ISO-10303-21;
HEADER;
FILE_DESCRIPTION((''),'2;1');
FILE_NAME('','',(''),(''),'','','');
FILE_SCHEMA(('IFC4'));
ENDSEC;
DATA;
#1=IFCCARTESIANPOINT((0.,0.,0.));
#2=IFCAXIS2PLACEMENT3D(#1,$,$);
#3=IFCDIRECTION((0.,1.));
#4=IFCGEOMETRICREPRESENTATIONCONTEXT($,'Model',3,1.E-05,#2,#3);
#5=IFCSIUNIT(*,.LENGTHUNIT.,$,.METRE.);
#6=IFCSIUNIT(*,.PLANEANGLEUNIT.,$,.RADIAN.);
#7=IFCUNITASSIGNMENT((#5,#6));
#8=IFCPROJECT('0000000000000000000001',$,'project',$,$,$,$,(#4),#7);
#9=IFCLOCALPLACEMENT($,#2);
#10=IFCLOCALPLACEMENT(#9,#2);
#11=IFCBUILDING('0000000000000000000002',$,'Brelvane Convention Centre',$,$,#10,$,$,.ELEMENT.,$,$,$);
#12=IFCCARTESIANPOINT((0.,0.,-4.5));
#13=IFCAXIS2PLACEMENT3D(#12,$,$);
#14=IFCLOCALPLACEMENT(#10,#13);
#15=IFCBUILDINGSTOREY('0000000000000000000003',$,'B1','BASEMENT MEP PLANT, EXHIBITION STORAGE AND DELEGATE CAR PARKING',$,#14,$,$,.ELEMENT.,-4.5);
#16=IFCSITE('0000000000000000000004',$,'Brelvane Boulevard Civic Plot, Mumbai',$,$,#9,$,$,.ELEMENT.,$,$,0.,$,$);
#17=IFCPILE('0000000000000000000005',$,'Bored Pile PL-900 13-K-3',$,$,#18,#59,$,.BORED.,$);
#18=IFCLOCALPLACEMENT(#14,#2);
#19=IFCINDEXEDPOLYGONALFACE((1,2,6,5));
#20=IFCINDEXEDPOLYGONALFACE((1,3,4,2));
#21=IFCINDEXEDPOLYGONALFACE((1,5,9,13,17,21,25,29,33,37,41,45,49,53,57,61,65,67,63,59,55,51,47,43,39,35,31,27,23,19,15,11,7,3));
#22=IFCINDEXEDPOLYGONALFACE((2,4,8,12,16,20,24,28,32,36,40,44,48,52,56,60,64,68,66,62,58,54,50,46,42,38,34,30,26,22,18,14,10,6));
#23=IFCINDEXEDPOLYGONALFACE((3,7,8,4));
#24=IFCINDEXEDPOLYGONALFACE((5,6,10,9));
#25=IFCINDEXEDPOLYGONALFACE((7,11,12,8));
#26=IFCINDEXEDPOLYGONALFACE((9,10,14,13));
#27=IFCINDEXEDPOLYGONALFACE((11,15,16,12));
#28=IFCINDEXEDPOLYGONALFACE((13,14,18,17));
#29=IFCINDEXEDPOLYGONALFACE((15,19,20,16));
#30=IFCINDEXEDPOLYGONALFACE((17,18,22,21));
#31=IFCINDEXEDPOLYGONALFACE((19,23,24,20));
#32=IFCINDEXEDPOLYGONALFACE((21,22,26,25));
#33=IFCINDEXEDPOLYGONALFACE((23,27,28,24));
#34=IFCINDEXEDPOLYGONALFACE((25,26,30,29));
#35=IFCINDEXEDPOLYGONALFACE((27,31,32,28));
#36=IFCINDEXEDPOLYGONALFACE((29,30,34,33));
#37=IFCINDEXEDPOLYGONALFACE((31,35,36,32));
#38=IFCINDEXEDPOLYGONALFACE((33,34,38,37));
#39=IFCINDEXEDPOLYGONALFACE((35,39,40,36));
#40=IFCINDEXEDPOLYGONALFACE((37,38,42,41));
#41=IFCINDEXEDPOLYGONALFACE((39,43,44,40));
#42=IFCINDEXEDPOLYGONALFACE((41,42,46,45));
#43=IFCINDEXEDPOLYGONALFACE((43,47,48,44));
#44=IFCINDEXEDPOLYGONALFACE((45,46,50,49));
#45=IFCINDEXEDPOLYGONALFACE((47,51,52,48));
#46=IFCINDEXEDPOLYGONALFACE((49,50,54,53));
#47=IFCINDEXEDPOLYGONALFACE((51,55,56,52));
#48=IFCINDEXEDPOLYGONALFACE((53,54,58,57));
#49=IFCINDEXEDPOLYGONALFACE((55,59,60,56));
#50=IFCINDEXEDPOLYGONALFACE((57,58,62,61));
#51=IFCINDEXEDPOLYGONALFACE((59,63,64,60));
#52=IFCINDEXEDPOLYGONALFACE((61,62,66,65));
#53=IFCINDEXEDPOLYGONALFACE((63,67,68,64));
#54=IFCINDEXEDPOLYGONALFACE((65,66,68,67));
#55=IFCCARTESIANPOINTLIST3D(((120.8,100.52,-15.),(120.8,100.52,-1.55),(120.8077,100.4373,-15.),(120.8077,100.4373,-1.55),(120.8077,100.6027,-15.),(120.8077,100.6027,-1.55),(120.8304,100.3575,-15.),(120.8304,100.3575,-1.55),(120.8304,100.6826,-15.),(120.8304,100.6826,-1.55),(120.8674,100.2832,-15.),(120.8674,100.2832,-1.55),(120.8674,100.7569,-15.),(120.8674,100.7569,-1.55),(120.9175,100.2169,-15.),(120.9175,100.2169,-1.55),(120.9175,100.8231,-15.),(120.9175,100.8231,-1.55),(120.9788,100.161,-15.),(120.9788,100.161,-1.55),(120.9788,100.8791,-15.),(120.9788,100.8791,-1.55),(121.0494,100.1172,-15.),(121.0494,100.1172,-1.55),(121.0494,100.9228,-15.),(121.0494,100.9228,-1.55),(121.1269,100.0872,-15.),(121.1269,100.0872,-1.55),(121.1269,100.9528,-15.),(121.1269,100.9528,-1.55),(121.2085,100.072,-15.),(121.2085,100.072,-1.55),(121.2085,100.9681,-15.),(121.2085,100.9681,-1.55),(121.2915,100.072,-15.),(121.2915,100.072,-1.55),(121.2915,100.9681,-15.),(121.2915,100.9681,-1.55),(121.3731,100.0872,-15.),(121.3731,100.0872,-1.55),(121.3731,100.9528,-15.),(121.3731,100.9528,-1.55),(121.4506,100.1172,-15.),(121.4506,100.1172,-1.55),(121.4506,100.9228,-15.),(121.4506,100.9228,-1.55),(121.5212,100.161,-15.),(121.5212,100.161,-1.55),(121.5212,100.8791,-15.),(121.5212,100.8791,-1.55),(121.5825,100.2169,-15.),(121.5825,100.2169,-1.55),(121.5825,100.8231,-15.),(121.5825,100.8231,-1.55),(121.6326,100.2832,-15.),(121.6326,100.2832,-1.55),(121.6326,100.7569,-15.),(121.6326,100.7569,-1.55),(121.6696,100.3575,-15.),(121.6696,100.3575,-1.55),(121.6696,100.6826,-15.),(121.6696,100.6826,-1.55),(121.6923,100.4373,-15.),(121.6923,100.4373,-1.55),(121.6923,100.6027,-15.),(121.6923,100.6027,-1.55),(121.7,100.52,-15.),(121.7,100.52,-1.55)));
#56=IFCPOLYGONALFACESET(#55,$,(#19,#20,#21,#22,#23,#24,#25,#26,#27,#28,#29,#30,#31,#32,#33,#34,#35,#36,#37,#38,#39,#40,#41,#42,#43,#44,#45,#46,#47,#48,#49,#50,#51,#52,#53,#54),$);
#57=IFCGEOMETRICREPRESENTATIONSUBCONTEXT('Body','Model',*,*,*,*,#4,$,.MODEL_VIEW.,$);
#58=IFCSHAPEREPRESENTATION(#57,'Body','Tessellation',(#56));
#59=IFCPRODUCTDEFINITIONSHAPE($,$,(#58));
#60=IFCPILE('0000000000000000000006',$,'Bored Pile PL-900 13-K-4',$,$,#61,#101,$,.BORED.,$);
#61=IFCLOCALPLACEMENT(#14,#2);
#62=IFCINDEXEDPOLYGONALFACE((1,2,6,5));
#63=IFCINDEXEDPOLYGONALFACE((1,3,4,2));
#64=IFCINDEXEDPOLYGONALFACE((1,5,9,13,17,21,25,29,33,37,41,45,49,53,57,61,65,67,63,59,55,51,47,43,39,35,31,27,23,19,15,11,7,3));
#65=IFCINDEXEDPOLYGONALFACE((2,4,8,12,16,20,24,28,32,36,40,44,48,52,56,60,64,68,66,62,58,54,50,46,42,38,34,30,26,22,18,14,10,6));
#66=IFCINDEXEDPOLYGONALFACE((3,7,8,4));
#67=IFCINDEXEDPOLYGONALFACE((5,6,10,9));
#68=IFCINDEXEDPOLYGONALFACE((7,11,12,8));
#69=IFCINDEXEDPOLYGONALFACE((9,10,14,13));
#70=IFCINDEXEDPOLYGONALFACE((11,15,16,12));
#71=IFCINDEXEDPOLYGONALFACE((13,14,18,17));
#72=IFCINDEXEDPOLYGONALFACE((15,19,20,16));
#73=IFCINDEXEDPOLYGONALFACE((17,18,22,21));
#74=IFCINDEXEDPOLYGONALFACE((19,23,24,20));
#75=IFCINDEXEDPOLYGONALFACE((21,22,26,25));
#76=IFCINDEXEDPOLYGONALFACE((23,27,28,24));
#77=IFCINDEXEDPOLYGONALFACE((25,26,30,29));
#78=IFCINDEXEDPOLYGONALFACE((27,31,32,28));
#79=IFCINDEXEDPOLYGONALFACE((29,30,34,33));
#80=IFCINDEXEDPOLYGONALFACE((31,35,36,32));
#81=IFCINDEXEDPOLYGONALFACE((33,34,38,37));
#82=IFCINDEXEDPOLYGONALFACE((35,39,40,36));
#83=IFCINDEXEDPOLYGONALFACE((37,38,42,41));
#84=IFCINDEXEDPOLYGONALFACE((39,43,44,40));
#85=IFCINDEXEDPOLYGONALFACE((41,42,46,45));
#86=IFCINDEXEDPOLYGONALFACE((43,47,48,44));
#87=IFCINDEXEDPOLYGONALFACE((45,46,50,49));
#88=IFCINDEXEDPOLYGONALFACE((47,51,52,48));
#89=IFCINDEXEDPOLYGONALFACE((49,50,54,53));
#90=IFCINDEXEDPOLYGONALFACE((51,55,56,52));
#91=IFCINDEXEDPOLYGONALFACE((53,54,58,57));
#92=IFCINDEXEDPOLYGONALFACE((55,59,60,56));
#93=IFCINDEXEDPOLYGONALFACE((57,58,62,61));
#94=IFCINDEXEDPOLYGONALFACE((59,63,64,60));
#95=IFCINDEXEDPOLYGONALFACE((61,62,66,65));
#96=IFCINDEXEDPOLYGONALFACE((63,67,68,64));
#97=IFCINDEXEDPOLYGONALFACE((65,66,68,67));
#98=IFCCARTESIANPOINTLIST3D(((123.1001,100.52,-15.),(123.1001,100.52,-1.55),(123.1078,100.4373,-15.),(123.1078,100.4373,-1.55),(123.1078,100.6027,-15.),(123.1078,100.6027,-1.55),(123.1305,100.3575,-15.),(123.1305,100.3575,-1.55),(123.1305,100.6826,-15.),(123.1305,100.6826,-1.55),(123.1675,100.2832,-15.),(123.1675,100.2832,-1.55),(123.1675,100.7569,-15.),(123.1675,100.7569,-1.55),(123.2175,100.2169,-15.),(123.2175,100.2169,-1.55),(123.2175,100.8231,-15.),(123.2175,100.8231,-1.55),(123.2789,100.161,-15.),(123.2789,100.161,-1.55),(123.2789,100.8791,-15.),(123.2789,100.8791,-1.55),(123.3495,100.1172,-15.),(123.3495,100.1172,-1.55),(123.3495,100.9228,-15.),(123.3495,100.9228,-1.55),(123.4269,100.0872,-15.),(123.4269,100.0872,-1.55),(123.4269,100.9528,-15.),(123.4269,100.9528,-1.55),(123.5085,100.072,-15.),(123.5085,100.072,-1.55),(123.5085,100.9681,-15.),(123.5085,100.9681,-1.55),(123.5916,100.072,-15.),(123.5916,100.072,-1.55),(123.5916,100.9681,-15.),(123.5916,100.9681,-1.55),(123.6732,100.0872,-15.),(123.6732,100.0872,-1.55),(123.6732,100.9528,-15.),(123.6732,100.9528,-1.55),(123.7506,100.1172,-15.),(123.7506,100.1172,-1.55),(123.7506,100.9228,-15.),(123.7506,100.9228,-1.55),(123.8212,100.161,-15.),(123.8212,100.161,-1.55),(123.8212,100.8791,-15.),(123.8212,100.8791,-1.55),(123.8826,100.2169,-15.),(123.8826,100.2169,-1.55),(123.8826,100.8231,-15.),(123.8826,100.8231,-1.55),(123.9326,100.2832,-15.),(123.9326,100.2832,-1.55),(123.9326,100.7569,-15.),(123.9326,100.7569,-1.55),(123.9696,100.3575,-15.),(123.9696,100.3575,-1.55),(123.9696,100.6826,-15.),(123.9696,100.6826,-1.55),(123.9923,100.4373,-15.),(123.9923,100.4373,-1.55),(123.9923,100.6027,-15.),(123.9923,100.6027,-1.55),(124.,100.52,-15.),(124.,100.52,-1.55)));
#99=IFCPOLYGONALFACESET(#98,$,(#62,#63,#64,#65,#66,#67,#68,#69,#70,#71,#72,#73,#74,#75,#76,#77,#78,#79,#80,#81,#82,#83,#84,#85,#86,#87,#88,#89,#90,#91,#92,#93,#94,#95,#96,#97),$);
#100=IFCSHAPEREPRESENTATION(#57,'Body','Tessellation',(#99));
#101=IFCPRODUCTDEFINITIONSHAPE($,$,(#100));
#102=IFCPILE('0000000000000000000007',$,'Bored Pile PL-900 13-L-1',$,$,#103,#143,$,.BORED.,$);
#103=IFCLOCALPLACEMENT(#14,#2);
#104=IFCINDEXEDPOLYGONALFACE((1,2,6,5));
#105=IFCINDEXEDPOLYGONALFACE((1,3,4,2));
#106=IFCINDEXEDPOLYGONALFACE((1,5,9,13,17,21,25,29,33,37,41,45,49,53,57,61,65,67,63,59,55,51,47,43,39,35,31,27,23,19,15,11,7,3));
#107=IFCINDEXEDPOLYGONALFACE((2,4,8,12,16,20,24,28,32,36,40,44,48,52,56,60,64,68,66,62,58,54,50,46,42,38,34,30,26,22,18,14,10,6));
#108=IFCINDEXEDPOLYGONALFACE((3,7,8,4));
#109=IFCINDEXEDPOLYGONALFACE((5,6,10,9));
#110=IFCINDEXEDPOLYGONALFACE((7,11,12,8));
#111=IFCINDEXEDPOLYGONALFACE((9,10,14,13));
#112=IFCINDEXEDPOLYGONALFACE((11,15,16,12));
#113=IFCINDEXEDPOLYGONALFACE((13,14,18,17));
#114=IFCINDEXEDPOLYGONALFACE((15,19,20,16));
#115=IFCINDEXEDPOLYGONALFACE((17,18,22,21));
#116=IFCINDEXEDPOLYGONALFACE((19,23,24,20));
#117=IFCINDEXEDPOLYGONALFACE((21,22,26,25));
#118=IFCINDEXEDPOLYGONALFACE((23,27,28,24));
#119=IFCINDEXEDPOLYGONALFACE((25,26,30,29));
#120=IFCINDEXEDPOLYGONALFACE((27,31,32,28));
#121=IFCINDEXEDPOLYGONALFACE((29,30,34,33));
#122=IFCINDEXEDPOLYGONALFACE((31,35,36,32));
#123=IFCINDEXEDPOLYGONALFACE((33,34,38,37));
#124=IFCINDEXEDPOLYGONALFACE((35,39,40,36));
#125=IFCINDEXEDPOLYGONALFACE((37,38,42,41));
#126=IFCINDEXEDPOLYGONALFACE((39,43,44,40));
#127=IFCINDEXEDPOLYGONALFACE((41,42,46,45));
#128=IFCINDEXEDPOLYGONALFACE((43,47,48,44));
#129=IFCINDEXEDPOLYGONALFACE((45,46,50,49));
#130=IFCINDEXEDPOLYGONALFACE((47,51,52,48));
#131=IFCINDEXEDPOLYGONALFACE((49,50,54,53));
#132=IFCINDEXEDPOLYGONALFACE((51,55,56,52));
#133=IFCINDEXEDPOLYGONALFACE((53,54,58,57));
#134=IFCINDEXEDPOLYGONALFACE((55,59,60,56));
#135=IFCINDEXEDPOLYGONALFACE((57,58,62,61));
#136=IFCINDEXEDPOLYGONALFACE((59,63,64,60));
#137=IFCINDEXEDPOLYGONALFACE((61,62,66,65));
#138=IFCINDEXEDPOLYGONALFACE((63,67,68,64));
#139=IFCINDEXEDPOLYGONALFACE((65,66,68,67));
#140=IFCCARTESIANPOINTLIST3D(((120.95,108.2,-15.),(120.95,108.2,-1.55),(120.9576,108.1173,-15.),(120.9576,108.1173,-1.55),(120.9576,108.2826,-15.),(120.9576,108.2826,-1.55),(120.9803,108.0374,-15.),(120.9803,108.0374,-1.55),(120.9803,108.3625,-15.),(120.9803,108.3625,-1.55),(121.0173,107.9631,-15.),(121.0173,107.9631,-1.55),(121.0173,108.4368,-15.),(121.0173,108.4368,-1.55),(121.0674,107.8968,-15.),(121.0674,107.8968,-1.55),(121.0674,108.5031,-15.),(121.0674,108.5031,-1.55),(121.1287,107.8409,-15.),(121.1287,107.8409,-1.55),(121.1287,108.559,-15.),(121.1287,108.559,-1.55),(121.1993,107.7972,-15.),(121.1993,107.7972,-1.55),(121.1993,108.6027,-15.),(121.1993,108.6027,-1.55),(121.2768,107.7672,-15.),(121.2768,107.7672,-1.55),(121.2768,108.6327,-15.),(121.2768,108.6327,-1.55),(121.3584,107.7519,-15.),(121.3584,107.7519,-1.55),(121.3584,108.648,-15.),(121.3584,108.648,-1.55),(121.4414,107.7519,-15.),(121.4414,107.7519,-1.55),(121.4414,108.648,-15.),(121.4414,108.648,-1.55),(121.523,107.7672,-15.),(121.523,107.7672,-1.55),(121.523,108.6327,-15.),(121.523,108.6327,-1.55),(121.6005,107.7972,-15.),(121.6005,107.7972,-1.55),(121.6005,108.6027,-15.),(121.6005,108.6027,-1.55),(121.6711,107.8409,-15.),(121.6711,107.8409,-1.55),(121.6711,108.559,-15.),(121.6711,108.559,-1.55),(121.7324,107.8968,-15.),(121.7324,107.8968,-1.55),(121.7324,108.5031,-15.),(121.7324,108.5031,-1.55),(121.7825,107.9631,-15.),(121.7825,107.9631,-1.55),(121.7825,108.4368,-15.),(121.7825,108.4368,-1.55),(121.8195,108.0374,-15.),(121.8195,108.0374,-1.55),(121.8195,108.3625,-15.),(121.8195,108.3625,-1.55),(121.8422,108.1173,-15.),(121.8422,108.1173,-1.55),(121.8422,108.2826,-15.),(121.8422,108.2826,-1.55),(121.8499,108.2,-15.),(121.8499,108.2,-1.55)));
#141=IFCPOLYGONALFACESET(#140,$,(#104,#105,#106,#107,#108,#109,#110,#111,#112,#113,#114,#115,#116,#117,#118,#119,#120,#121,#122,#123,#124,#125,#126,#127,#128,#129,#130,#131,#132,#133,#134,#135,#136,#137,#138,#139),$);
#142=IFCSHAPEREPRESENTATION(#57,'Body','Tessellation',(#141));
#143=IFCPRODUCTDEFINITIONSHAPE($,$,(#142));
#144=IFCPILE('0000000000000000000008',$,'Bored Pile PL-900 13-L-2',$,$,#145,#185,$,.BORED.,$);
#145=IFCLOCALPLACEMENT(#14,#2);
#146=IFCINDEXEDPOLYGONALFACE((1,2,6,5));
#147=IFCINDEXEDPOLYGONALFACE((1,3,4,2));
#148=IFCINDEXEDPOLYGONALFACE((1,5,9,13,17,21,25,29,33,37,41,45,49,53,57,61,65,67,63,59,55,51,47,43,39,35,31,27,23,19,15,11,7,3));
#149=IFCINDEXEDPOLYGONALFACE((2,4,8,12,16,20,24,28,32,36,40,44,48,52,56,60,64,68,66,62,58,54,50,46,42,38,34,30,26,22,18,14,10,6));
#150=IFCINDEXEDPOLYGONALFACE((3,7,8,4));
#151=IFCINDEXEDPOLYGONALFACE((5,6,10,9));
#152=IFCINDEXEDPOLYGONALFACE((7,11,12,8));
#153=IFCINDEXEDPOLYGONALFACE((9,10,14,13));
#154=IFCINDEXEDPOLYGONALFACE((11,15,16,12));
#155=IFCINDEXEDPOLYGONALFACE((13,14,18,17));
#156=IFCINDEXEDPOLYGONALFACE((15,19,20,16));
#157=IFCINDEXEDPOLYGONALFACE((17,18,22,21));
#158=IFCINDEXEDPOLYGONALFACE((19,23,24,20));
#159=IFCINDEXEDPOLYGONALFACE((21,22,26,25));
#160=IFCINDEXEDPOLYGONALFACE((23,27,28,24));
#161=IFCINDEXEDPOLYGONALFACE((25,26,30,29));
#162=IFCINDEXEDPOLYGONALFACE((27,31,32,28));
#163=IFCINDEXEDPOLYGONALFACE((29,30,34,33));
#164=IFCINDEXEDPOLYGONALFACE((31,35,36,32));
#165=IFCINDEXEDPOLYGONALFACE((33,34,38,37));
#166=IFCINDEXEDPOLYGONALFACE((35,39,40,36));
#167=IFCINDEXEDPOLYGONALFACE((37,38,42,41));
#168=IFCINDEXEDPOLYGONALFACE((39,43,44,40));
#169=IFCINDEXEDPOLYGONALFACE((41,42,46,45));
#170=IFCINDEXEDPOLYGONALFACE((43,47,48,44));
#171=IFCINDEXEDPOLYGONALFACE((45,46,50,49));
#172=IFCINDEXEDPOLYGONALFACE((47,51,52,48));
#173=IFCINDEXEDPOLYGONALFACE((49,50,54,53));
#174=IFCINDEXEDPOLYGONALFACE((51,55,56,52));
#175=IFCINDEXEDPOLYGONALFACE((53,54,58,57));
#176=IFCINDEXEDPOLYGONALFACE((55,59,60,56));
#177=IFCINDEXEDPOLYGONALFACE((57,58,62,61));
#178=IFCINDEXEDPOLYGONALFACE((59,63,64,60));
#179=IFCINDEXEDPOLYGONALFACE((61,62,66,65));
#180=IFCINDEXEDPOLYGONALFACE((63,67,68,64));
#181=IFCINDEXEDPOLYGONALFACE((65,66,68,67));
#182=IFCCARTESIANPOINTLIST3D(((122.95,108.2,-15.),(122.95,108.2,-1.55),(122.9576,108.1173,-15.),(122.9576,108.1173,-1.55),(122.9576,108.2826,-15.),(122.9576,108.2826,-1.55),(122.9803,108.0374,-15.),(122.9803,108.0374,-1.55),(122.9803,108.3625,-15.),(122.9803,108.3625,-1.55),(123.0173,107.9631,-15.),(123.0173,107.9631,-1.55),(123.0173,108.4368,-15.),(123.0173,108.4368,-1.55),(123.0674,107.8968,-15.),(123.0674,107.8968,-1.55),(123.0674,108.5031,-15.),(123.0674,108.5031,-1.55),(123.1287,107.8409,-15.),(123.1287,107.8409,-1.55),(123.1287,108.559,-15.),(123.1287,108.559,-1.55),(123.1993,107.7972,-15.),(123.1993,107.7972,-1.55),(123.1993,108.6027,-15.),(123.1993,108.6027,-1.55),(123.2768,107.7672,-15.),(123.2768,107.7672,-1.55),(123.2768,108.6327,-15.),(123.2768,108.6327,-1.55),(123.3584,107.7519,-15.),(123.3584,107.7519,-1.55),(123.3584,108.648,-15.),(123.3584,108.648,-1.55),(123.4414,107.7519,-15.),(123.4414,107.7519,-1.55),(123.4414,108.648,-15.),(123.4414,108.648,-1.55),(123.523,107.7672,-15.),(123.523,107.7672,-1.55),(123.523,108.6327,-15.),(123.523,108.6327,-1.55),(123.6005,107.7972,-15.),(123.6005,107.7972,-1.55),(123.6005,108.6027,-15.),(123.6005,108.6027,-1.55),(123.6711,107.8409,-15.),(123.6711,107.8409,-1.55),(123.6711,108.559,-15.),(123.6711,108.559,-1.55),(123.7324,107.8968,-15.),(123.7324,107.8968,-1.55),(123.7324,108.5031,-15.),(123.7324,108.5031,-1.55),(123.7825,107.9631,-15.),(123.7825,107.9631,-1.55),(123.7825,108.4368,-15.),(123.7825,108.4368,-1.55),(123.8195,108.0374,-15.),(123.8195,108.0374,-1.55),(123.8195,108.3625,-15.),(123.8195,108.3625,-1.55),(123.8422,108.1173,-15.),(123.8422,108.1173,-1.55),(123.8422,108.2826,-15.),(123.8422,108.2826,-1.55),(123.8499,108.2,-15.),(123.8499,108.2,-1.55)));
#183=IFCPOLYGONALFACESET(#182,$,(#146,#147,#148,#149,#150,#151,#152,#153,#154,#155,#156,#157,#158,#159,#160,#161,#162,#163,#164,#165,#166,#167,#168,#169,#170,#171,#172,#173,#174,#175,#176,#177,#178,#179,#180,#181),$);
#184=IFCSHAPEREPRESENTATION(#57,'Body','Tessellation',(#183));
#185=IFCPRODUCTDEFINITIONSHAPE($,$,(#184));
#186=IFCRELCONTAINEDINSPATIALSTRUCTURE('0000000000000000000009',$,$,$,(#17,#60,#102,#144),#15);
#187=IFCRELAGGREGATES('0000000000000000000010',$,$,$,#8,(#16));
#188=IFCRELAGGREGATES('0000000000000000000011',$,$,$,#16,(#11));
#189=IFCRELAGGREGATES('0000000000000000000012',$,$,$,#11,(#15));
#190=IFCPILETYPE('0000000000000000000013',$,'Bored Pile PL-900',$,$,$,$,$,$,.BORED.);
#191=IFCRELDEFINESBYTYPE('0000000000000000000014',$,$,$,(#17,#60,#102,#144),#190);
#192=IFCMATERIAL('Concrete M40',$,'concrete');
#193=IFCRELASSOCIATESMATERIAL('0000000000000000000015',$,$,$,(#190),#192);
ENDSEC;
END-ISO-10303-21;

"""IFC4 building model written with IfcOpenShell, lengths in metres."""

from ifc_helpers import new_model, si_unit, direction, frame, origin, origin_2d, place, context, subcontext, project, spatial, circle, extrude, material, material_profile, profile_set, type_object, element, save


model = new_model("IFC4")

# Units and contexts
model_context = context("Model", 3, precision=1e-05, world=origin(), true_north=direction((0.0, 1.0)))
body_context = subcontext(model_context, "Body", "Model", "MODEL_VIEW")
ifc_project = project(units=[si_unit("LENGTHUNIT", "METRE"), si_unit("PLANEANGLEUNIT", "RADIAN")], contexts=[model_context])

# Site, building, storey
site_placement = place(None, origin())
site = spatial("IfcSite", under=ifc_project, at=site_placement, Name="Brelvane Boulevard Civic Plot, Mumbai", CompositionType="ELEMENT", RefElevation=0.0)
building_placement = place(site_placement, origin())
building = spatial("IfcBuilding", under=site, at=building_placement, Name="Brelvane Convention Centre", CompositionType="ELEMENT")
storey_placement = place(building_placement, frame((0.0, 0.0, -4.5)))
storey = spatial("IfcBuildingStorey", under=building, at=storey_placement, Name="B1", Description="BASEMENT MEP PLANT, EXHIBITION STORAGE AND DELEGATE CAR PARKING", CompositionType="ELEMENT", Elevation=-4.5)

# Piles
ifc_material_1 = material(Name="Concrete M40", Category="concrete")
ifc_material_profile_1 = material_profile(ifc_material_1, circle(Radius=0.45, at=origin_2d()), Name="PILE D900")
ifc_profile_set_1 = profile_set([ifc_material_profile_1], Name="Concrete M40")
pile_type = type_object("IfcPileType", Name="Bored Pile PL-900", PredefinedType="BORED", material=ifc_profile_set_1)
for number, where, z_axis, x_axis, name in (
    (1, (121.25, 100.52, -1.55), (0.0, 0.0, -1.0), (1.0, 0.0, 0.0), "Bored Pile PL-900 13-K-3"),
    (2, (123.55, 100.52, -1.55), (0.0, 0.0, -1.0), (1.0, 0.0, 0.0), "Bored Pile PL-900 13-K-4"),
    (3, (121.3999, 108.2, -1.55), (0.0, 0.0, -1.0), (1.0, 0.0, 0.0), "Bored Pile PL-900 13-L-1"),
    (4, (123.3999, 108.2, -1.55), (0.0, 0.0, -1.0), (1.0, 0.0, 0.0), "Bored Pile PL-900 13-L-2"),
):
    element("IfcPile", number, at=place(storey_placement, frame(where, z_axis=z_axis, x_axis=x_axis)), inside=storey, type_object=pile_type, Name=name, PredefinedType="BORED", context=body_context, shape_type="SweptSolid", body=[
        extrude(circle(Radius=0.45, at=origin_2d()), origin(), (0.0, 0.0, 1.0), 13.45),
    ])

save(model, "model.ifc")
